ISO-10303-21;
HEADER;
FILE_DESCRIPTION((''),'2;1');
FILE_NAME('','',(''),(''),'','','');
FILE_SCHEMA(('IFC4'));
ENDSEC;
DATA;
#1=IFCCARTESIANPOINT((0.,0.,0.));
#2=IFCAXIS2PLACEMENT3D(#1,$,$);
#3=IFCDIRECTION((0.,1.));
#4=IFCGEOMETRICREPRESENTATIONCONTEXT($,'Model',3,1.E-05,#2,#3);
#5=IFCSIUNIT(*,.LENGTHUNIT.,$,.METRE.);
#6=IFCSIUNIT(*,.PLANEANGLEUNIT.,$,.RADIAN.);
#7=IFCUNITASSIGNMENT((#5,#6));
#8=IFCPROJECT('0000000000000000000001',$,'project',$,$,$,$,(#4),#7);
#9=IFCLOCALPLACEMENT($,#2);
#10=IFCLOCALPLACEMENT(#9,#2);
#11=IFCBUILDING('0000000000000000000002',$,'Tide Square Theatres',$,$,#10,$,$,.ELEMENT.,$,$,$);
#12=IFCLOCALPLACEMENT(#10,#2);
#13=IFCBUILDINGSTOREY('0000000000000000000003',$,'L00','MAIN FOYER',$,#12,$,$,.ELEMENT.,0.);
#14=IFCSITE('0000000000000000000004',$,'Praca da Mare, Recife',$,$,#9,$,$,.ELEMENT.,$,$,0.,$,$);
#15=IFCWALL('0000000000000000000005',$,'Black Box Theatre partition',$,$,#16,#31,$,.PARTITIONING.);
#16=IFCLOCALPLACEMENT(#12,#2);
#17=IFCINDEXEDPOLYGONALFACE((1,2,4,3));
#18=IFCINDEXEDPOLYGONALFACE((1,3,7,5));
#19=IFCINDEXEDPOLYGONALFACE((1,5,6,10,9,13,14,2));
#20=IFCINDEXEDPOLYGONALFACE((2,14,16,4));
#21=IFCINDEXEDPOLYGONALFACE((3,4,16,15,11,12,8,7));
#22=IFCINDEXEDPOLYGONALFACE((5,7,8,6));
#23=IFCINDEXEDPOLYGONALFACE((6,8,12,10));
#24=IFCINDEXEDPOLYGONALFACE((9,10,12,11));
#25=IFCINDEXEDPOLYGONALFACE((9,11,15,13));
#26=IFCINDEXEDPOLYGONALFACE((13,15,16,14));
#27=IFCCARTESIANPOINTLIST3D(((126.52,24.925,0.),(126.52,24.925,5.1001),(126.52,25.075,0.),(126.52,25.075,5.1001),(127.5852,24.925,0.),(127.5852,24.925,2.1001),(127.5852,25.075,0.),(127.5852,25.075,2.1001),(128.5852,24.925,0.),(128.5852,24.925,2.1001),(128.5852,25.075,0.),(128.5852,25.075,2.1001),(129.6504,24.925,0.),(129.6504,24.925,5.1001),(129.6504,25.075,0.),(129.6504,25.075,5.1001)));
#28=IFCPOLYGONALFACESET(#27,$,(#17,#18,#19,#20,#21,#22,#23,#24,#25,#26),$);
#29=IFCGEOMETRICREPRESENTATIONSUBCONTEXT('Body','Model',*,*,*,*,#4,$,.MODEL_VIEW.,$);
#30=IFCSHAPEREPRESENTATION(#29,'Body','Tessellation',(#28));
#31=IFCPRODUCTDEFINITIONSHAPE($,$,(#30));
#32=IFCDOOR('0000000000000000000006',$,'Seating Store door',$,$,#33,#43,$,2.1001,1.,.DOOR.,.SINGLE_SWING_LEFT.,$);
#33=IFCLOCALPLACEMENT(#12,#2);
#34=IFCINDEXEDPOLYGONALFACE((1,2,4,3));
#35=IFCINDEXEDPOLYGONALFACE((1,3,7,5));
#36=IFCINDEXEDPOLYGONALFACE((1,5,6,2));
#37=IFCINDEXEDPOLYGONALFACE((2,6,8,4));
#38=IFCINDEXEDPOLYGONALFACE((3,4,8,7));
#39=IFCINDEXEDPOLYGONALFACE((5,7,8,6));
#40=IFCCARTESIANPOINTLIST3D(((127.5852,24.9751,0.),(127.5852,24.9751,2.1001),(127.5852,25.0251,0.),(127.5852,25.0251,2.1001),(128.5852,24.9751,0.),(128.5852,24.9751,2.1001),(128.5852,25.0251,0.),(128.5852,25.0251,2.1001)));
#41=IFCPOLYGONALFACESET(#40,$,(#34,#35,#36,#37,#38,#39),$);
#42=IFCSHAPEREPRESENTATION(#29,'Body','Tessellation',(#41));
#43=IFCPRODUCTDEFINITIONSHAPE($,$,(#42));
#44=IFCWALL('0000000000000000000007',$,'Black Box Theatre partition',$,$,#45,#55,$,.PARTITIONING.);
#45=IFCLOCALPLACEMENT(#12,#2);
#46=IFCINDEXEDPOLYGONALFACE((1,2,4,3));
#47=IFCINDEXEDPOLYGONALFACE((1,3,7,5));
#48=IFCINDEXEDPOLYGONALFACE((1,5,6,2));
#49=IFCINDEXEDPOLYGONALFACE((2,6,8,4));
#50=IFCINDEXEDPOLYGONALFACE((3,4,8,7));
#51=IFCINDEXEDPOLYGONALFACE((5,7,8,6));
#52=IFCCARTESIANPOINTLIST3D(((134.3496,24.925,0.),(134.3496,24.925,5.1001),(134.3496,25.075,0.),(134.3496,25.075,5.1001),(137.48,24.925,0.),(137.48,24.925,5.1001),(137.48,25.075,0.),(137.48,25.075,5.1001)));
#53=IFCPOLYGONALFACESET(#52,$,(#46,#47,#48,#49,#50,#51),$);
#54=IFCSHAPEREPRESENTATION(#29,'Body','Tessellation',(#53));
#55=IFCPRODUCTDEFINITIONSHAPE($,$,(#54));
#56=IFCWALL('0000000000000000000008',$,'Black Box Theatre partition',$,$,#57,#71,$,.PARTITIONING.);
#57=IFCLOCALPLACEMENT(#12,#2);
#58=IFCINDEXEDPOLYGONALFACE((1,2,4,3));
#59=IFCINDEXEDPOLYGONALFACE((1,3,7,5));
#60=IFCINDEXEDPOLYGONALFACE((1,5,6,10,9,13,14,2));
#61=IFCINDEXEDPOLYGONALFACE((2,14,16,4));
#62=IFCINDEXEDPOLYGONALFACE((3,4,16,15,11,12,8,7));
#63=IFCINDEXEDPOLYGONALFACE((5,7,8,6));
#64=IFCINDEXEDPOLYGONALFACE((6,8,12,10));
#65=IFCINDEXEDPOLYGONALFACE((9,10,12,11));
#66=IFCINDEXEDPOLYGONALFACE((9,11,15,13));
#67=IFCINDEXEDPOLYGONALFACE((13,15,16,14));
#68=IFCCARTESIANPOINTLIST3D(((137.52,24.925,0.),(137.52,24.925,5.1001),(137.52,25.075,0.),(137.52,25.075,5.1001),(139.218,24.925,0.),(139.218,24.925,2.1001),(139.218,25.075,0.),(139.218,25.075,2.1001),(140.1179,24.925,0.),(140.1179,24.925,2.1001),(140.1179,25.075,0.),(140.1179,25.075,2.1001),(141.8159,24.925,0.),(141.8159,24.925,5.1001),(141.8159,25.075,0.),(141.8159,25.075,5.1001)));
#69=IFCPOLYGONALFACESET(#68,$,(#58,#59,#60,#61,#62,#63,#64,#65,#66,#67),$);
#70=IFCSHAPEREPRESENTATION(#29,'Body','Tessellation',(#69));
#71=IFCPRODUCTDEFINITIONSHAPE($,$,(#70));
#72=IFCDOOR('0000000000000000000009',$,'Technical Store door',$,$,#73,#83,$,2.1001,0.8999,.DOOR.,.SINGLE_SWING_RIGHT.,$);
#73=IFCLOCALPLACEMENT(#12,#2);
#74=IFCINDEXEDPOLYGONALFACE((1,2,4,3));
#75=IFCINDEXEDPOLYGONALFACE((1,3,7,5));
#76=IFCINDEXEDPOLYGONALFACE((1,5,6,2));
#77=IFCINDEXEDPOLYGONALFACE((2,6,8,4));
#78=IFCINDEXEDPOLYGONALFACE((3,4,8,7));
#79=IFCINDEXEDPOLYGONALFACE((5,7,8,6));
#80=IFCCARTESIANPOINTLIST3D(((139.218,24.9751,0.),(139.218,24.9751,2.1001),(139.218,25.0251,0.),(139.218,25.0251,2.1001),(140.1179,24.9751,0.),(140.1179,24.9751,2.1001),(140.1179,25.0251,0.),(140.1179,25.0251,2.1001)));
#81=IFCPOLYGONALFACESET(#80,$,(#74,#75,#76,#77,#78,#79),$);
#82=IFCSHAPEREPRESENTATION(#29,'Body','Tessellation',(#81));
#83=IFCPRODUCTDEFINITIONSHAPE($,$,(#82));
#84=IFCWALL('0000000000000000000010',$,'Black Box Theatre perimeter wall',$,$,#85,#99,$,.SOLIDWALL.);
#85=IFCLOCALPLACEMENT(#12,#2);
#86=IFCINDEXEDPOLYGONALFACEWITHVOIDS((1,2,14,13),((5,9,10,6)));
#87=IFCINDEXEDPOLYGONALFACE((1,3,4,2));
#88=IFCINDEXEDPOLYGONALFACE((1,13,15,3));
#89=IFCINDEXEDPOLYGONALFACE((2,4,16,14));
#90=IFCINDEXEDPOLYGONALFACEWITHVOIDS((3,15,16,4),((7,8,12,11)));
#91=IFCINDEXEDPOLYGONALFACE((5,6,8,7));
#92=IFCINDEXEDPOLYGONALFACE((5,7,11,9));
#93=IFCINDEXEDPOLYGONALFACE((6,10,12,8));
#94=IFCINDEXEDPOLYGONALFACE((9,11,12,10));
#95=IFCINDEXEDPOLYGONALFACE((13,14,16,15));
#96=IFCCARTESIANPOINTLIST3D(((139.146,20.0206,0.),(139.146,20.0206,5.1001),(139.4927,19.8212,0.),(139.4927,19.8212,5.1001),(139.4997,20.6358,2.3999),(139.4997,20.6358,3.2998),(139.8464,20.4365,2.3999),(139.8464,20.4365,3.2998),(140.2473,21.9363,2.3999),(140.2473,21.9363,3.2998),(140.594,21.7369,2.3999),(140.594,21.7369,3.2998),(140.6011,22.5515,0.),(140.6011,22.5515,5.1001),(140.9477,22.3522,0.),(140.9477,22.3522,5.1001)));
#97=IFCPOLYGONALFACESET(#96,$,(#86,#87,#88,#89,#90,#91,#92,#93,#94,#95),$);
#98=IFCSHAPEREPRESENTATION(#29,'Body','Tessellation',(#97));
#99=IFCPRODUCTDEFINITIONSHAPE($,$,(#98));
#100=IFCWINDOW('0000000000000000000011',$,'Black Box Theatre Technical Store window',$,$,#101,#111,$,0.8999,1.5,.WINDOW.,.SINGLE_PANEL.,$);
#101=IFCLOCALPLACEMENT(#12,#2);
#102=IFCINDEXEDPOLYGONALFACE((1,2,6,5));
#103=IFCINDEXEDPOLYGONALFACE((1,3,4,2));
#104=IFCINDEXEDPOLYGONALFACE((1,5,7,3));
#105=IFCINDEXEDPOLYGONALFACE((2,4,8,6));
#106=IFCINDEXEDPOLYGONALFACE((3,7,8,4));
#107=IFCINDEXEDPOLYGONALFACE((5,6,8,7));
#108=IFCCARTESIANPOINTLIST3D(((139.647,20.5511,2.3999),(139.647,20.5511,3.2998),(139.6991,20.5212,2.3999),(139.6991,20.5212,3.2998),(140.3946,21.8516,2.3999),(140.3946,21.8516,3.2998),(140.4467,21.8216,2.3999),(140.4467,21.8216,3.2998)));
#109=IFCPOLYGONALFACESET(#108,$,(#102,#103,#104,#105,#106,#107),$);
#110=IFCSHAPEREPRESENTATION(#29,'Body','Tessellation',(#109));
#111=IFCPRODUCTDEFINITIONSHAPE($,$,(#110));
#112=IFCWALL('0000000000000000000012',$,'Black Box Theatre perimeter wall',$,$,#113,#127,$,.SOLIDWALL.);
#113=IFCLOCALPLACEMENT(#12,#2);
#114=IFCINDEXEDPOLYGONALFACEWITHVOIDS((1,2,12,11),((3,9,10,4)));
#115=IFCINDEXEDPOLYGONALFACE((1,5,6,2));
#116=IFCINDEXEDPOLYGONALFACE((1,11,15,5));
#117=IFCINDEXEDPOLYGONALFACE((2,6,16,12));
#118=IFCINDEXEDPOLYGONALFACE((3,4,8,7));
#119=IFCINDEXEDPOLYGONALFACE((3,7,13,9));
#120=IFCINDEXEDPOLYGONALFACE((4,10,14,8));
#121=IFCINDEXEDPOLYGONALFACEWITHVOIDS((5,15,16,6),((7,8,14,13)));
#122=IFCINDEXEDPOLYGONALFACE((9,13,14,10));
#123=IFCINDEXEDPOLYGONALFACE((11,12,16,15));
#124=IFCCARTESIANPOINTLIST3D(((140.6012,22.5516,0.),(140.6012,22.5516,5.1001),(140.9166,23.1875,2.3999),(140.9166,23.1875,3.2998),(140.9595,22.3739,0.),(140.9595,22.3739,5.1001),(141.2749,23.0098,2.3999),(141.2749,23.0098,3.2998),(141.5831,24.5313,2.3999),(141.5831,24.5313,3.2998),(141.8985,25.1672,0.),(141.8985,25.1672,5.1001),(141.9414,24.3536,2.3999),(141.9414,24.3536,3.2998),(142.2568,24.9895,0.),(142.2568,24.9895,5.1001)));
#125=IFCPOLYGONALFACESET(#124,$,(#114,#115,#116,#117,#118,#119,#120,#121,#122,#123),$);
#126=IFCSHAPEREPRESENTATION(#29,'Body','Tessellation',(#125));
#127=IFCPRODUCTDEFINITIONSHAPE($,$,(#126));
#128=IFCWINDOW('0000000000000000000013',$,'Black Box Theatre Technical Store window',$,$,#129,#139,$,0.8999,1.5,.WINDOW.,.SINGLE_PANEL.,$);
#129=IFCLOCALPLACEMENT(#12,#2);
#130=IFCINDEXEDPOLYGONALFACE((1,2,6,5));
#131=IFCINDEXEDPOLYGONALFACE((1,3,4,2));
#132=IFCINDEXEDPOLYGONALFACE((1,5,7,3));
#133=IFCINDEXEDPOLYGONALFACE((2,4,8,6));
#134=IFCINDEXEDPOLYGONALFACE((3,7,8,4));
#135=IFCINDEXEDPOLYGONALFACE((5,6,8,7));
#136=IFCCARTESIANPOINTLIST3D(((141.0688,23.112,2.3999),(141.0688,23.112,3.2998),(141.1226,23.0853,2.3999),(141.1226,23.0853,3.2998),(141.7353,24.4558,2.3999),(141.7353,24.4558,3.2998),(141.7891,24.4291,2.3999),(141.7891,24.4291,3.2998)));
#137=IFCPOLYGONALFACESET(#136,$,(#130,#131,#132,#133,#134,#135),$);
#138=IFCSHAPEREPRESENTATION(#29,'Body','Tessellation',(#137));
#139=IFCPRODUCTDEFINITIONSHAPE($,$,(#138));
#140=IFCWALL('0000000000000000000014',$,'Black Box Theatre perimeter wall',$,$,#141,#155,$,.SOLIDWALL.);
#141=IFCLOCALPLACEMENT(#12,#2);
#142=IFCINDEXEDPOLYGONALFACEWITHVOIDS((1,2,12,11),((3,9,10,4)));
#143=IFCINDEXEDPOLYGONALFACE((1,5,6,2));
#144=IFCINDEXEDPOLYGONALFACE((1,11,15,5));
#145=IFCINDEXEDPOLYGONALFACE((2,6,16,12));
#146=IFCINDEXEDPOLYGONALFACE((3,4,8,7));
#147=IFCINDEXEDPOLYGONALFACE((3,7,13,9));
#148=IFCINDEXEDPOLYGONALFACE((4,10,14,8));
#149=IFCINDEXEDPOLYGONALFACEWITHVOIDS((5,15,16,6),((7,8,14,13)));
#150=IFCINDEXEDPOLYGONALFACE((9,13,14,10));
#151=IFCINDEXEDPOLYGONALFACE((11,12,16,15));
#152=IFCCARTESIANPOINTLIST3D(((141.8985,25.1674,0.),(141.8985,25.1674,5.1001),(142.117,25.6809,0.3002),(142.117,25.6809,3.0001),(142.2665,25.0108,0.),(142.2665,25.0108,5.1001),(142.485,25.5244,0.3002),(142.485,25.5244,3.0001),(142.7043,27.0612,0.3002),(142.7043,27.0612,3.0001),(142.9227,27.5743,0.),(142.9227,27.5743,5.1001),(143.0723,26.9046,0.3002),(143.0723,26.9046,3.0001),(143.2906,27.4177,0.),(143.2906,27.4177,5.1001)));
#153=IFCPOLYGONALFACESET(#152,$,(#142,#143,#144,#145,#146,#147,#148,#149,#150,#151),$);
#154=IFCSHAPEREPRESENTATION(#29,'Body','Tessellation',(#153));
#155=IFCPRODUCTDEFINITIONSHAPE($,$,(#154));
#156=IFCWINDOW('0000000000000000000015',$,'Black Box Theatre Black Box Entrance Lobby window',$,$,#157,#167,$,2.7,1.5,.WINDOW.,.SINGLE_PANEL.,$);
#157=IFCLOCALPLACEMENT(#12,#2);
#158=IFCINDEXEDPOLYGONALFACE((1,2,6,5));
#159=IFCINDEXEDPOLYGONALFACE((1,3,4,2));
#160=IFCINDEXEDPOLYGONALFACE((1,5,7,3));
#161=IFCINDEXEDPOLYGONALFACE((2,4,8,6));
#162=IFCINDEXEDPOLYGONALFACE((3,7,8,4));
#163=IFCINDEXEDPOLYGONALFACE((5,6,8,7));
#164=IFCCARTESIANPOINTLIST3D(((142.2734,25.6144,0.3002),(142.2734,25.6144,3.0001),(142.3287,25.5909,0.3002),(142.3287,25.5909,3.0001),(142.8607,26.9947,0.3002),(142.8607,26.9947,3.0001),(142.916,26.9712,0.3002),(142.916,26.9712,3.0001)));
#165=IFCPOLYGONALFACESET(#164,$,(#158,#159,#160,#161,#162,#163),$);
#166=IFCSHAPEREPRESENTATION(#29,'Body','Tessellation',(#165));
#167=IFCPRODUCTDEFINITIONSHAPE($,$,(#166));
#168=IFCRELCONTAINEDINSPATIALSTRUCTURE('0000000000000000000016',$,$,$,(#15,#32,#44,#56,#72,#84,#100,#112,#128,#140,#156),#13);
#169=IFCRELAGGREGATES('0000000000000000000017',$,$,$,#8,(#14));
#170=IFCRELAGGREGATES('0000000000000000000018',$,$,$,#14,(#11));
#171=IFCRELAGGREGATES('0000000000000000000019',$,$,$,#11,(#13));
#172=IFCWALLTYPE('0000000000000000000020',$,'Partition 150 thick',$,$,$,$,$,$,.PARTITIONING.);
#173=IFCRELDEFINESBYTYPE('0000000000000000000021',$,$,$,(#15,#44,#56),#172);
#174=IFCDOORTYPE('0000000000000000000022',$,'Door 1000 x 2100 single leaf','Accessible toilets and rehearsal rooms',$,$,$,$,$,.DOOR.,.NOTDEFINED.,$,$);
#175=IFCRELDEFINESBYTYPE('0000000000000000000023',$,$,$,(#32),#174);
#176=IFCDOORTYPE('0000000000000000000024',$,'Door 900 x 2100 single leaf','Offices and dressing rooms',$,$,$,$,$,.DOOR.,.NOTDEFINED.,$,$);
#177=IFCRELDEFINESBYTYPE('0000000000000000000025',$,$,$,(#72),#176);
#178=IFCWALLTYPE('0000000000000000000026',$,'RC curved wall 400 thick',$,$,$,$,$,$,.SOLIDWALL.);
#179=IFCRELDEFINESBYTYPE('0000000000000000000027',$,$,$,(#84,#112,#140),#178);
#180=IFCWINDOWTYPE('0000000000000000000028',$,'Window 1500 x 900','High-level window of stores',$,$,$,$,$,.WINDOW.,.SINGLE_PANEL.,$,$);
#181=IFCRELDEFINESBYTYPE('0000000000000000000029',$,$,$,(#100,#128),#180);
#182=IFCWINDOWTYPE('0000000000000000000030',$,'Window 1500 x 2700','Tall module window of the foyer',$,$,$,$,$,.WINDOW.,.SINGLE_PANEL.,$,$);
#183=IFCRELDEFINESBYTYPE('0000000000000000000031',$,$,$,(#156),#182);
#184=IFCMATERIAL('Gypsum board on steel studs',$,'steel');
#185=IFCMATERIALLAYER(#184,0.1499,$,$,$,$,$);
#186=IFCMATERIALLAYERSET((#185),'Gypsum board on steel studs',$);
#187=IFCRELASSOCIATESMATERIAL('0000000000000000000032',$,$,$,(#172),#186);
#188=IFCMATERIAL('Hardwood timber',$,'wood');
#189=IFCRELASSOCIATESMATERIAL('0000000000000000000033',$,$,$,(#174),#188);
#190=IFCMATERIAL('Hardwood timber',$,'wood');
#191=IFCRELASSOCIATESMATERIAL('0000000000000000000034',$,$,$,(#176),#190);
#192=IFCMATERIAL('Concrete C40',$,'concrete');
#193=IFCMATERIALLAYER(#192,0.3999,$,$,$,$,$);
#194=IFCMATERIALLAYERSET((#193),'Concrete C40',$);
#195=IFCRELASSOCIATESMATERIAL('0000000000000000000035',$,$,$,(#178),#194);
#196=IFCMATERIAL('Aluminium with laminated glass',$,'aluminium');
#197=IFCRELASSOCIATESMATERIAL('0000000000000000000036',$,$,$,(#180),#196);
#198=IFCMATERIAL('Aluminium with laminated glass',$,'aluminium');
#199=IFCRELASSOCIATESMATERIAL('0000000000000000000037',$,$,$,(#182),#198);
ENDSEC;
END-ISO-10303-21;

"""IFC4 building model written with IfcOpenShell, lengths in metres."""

from ifc_helpers import new_model, si_unit, direction, frame, frame_2d, origin, place, context, subcontext, project, spatial, rectangle, extrude, material, layer, layer_set, type_object, element, fill, save


model = new_model("IFC4")

# Units and contexts
model_context = context("Model", 3, precision=1e-05, world=origin(), true_north=direction((0.0, 1.0)))
body_context = subcontext(model_context, "Body", "Model", "MODEL_VIEW")
ifc_project = project(units=[si_unit("LENGTHUNIT", "METRE"), si_unit("PLANEANGLEUNIT", "RADIAN")], contexts=[model_context])

# Site, building, storey
site_placement = place(None, origin())
site = spatial("IfcSite", under=ifc_project, at=site_placement, Name="Praca da Mare, Recife", CompositionType="ELEMENT", RefElevation=0.0)
building_placement = place(site_placement, origin())
building = spatial("IfcBuilding", under=site, at=building_placement, Name="Tide Square Theatres", CompositionType="ELEMENT")
storey_placement = place(building_placement, origin())
storey = spatial("IfcBuildingStorey", under=building, at=storey_placement, Name="L00", Description="MAIN FOYER", CompositionType="ELEMENT", Elevation=0.0)

# Wall, opening, door
ifc_material_1 = material(Name="Gypsum board on steel studs", Category="steel")
ifc_layer_1 = layer(ifc_material_1, 0.1499)
ifc_layer_set_1 = layer_set([ifc_layer_1], Name="Gypsum board on steel studs")
wall_type_1 = type_object("IfcWallType", Name="Partition 150 thick", PredefinedType="PARTITIONING", material=ifc_layer_set_1)
wall_1_placement = place(storey_placement, frame((129.6504, 25.0, 0.0), z_axis=(0.0, 0.0, 1.0), x_axis=(-1.0, 0.0, 0.0)))
wall_1 = element("IfcWall", 1, at=wall_1_placement, inside=storey, type_object=wall_type_1, Name="Black Box Theatre partition", PredefinedType="PARTITIONING", context=body_context, shape_type="SweptSolid", body=[
    extrude(rectangle(XDim=3.1304, YDim=0.1499, at=frame_2d((1.5652, 0.0))), origin(), (0.0, 0.0, 1.0), 5.1001),
])
opening_1_placement = place(wall_1_placement, frame((1.0652, 0.0, 0.0)))
opening_1 = element("IfcOpeningElement", 2, at=opening_1_placement, cuts=wall_1, PredefinedType="OPENING", context=body_context, shape_type="SweptSolid", body=[
    extrude(rectangle(XDim=1.0, YDim=2.1001, at=frame_2d((0.5, 1.05))), frame((0.0, 0.085, 0.0), z_axis=(0.0, -1.0, 0.0), x_axis=(1.0, 0.0, 0.0)), (0.0, 0.0, 1.0), 0.1699),
])
ifc_material_2 = material(Name="Hardwood timber", Category="wood")
door_type_1 = type_object("IfcDoorType", Name="Door 1000 x 2100 single leaf", Description="Accessible toilets and rehearsal rooms", OperationType="NOTDEFINED", PredefinedType="DOOR", material=ifc_material_2)
door_1_placement = place(opening_1_placement, origin())
door_1 = element("IfcDoor", 3, at=door_1_placement, inside=storey, type_object=door_type_1, Name="Seating Store door", OperationType="SINGLE_SWING_LEFT", OverallHeight=2.1001, OverallWidth=1.0, PredefinedType="DOOR", context=body_context, shape_type="SweptSolid", body=[
    extrude(rectangle(XDim=1.0, YDim=2.1001, at=frame_2d((0.5, 1.05))), frame((0.0, 0.0249, 0.0), z_axis=(0.0, -1.0, 0.0), x_axis=(1.0, 0.0, 0.0)), (0.0, 0.0, 1.0), 0.05),
])
fill(opening_1, door_1)

# Wall
wall_2_placement = place(storey_placement, frame((137.48, 25.0, 0.0), z_axis=(0.0, 0.0, 1.0), x_axis=(-1.0, 0.0, 0.0)))
element("IfcWall", 4, at=wall_2_placement, inside=storey, type_object=wall_type_1, Name="Black Box Theatre partition", PredefinedType="PARTITIONING", context=body_context, shape_type="SweptSolid", body=[
    extrude(rectangle(XDim=3.1304, YDim=0.1499, at=frame_2d((1.5652, 0.0))), origin(), (0.0, 0.0, 1.0), 5.1001),
])

# Wall, opening, door
wall_3_placement = place(storey_placement, frame((141.8159, 25.0, 0.0), z_axis=(0.0, 0.0, 1.0), x_axis=(-1.0, 0.0, 0.0)))
wall_3 = element("IfcWall", 5, at=wall_3_placement, inside=storey, type_object=wall_type_1, Name="Black Box Theatre partition", PredefinedType="PARTITIONING", context=body_context, shape_type="SweptSolid", body=[
    extrude(rectangle(XDim=4.2959, YDim=0.1499, at=frame_2d((2.1479, 0.0))), origin(), (0.0, 0.0, 1.0), 5.1001),
])
opening_2_placement = place(wall_3_placement, frame((1.698, 0.0, 0.0)))
opening_2 = element("IfcOpeningElement", 6, at=opening_2_placement, cuts=wall_3, PredefinedType="OPENING", context=body_context, shape_type="SweptSolid", body=[
    extrude(rectangle(XDim=0.8999, YDim=2.1001, at=frame_2d((0.45, 1.05))), frame((0.0, 0.085, 0.0), z_axis=(0.0, -1.0, 0.0), x_axis=(1.0, 0.0, 0.0)), (0.0, 0.0, 1.0), 0.1699),
])
ifc_material_3 = material(Name="Hardwood timber", Category="wood")
door_type_2 = type_object("IfcDoorType", Name="Door 900 x 2100 single leaf", Description="Offices and dressing rooms", OperationType="NOTDEFINED", PredefinedType="DOOR", material=ifc_material_3)
door_2_placement = place(opening_2_placement, origin())
door_2 = element("IfcDoor", 7, at=door_2_placement, inside=storey, type_object=door_type_2, Name="Technical Store door", OperationType="SINGLE_SWING_RIGHT", OverallHeight=2.1001, OverallWidth=0.8999, PredefinedType="DOOR", context=body_context, shape_type="SweptSolid", body=[
    extrude(rectangle(XDim=0.8999, YDim=2.1001, at=frame_2d((0.45, 1.05))), frame((0.0, 0.0249, 0.0), z_axis=(0.0, -1.0, 0.0), x_axis=(1.0, 0.0, 0.0)), (0.0, 0.0, 1.0), 0.05),
])
fill(opening_2, door_2)

# Walls, openings, windows
ifc_material_4 = material(Name="Concrete C40", Category="concrete")
ifc_layer_2 = layer(ifc_material_4, 0.3999)
ifc_layer_set_2 = layer_set([ifc_layer_2], Name="Concrete C40")
wall_type_2 = type_object("IfcWallType", Name="RC curved wall 400 thick", PredefinedType="SOLIDWALL", material=ifc_layer_set_2)
wall_4_placement = place(storey_placement, frame((139.3193, 19.9209, 0.0), z_axis=(0.0, 0.0, 1.0), x_axis=(0.498407, 0.866943, 0.0)))
wall_4 = element("IfcWall", 8, at=wall_4_placement, inside=storey, type_object=wall_type_2, Name="Black Box Theatre perimeter wall", PredefinedType="SOLIDWALL", context=body_context, shape_type="SweptSolid", body=[
    extrude(rectangle(XDim=2.9194, YDim=0.3999, at=frame_2d((1.4597, 0.0))), origin(), (0.0, 0.0, 1.0), 5.1001),
])
opening_3_placement = place(wall_4_placement, frame((0.7097, 0.0, 2.3999)))
opening_3 = element("IfcOpeningElement", 9, at=opening_3_placement, cuts=wall_4, PredefinedType="OPENING", context=body_context, shape_type="SweptSolid", body=[
    extrude(rectangle(XDim=1.5, YDim=0.8999, at=frame_2d((0.75, 0.45))), frame((0.0, 0.21, 0.0), z_axis=(0.0, -1.0, 0.0), x_axis=(1.0, 0.0, 0.0)), (0.0, 0.0, 1.0), 0.4199),
])
ifc_material_5 = material(Name="Aluminium with laminated glass", Category="aluminium")
window_type_1 = type_object("IfcWindowType", Name="Window 1500 x 900", Description="High-level window of stores", PartitioningType="SINGLE_PANEL", PredefinedType="WINDOW", material=ifc_material_5)
window_1_placement = place(opening_3_placement, origin())
window_1 = element("IfcWindow", 10, at=window_1_placement, inside=storey, type_object=window_type_1, Name="Black Box Theatre Technical Store window", OverallHeight=0.8999, OverallWidth=1.5, PartitioningType="SINGLE_PANEL", PredefinedType="WINDOW", context=body_context, shape_type="SweptSolid", body=[
    extrude(rectangle(XDim=1.5, YDim=0.8999, at=frame_2d((0.75, 0.45))), frame((0.0, 0.03, 0.0), z_axis=(0.0, -1.0, 0.0), x_axis=(1.0, 0.0, 0.0)), (0.0, 0.0, 1.0), 0.0601),
])
fill(opening_3, window_1)
wall_5_placement = place(storey_placement, frame((140.7803, 22.4626, 0.0), z_axis=(0.0, 0.0, 1.0), x_axis=(0.444335, 0.895861, 0.0)))
wall_5 = element("IfcWall", 11, at=wall_5_placement, inside=storey, type_object=wall_type_2, Name="Black Box Theatre perimeter wall", PredefinedType="SOLIDWALL", context=body_context, shape_type="SweptSolid", body=[
    extrude(rectangle(XDim=2.9197, YDim=0.3999, at=frame_2d((1.46, 0.0))), origin(), (0.0, 0.0, 1.0), 5.1001),
])
opening_4_placement = place(wall_5_placement, frame((0.71, 0.0, 2.3999)))
opening_4 = element("IfcOpeningElement", 12, at=opening_4_placement, cuts=wall_5, PredefinedType="OPENING", context=body_context, shape_type="SweptSolid", body=[
    extrude(rectangle(XDim=1.5, YDim=0.8999, at=frame_2d((0.75, 0.45))), frame((0.0, 0.21, 0.0), z_axis=(0.0, -1.0, 0.0), x_axis=(1.0, 0.0, 0.0)), (0.0, 0.0, 1.0), 0.4199),
])
window_2_placement = place(opening_4_placement, origin())
window_2 = element("IfcWindow", 13, at=window_2_placement, inside=storey, type_object=window_type_1, Name="Black Box Theatre Technical Store window", OverallHeight=0.8999, OverallWidth=1.5, PartitioningType="SINGLE_PANEL", PredefinedType="WINDOW", context=body_context, shape_type="SweptSolid", body=[
    extrude(rectangle(XDim=1.5, YDim=0.8999, at=frame_2d((0.75, 0.45))), frame((0.0, 0.03, 0.0), z_axis=(0.0, -1.0, 0.0), x_axis=(1.0, 0.0, 0.0)), (0.0, 0.0, 1.0), 0.0601),
])
fill(opening_4, window_2)
wall_6_placement = place(storey_placement, frame((142.0825, 25.0891, 0.0), z_axis=(0.0, 0.0, 1.0), x_axis=(0.39153, 0.920165, 0.0)))
wall_6 = element("IfcWall", 14, at=wall_6_placement, inside=storey, type_object=wall_type_2, Name="Black Box Theatre perimeter wall", PredefinedType="SOLIDWALL", context=body_context, shape_type="SweptSolid", body=[
    extrude(rectangle(XDim=2.6157, YDim=0.3999, at=frame_2d((1.3079, 0.0))), origin(), (0.0, 0.0, 1.0), 5.1001),
])
opening_5_placement = place(wall_6_placement, frame((0.5581, 0.0, 0.3)))
opening_5 = element("IfcOpeningElement", 15, at=opening_5_placement, cuts=wall_6, PredefinedType="OPENING", context=body_context, shape_type="SweptSolid", body=[
    extrude(rectangle(XDim=1.5, YDim=2.7, at=frame_2d((0.75, 1.3501))), frame((0.0, 0.21, 0.0), z_axis=(0.0, -1.0, 0.0), x_axis=(1.0, 0.0, 0.0)), (0.0, 0.0, 1.0), 0.4199),
])
ifc_material_6 = material(Name="Aluminium with laminated glass", Category="aluminium")
window_type_2 = type_object("IfcWindowType", Name="Window 1500 x 2700", Description="Tall module window of the foyer", PartitioningType="SINGLE_PANEL", PredefinedType="WINDOW", material=ifc_material_6)
window_3_placement = place(opening_5_placement, origin())
window_3 = element("IfcWindow", 16, at=window_3_placement, inside=storey, type_object=window_type_2, Name="Black Box Theatre Black Box Entrance Lobby window", OverallHeight=2.7, OverallWidth=1.5, PartitioningType="SINGLE_PANEL", PredefinedType="WINDOW", context=body_context, shape_type="SweptSolid", body=[
    extrude(rectangle(XDim=1.5, YDim=2.7, at=frame_2d((0.75, 1.3501))), frame((0.0, 0.03, 0.0), z_axis=(0.0, -1.0, 0.0), x_axis=(1.0, 0.0, 0.0)), (0.0, 0.0, 1.0), 0.0601),
])
fill(opening_5, window_3)

save(model, "model.ifc")
